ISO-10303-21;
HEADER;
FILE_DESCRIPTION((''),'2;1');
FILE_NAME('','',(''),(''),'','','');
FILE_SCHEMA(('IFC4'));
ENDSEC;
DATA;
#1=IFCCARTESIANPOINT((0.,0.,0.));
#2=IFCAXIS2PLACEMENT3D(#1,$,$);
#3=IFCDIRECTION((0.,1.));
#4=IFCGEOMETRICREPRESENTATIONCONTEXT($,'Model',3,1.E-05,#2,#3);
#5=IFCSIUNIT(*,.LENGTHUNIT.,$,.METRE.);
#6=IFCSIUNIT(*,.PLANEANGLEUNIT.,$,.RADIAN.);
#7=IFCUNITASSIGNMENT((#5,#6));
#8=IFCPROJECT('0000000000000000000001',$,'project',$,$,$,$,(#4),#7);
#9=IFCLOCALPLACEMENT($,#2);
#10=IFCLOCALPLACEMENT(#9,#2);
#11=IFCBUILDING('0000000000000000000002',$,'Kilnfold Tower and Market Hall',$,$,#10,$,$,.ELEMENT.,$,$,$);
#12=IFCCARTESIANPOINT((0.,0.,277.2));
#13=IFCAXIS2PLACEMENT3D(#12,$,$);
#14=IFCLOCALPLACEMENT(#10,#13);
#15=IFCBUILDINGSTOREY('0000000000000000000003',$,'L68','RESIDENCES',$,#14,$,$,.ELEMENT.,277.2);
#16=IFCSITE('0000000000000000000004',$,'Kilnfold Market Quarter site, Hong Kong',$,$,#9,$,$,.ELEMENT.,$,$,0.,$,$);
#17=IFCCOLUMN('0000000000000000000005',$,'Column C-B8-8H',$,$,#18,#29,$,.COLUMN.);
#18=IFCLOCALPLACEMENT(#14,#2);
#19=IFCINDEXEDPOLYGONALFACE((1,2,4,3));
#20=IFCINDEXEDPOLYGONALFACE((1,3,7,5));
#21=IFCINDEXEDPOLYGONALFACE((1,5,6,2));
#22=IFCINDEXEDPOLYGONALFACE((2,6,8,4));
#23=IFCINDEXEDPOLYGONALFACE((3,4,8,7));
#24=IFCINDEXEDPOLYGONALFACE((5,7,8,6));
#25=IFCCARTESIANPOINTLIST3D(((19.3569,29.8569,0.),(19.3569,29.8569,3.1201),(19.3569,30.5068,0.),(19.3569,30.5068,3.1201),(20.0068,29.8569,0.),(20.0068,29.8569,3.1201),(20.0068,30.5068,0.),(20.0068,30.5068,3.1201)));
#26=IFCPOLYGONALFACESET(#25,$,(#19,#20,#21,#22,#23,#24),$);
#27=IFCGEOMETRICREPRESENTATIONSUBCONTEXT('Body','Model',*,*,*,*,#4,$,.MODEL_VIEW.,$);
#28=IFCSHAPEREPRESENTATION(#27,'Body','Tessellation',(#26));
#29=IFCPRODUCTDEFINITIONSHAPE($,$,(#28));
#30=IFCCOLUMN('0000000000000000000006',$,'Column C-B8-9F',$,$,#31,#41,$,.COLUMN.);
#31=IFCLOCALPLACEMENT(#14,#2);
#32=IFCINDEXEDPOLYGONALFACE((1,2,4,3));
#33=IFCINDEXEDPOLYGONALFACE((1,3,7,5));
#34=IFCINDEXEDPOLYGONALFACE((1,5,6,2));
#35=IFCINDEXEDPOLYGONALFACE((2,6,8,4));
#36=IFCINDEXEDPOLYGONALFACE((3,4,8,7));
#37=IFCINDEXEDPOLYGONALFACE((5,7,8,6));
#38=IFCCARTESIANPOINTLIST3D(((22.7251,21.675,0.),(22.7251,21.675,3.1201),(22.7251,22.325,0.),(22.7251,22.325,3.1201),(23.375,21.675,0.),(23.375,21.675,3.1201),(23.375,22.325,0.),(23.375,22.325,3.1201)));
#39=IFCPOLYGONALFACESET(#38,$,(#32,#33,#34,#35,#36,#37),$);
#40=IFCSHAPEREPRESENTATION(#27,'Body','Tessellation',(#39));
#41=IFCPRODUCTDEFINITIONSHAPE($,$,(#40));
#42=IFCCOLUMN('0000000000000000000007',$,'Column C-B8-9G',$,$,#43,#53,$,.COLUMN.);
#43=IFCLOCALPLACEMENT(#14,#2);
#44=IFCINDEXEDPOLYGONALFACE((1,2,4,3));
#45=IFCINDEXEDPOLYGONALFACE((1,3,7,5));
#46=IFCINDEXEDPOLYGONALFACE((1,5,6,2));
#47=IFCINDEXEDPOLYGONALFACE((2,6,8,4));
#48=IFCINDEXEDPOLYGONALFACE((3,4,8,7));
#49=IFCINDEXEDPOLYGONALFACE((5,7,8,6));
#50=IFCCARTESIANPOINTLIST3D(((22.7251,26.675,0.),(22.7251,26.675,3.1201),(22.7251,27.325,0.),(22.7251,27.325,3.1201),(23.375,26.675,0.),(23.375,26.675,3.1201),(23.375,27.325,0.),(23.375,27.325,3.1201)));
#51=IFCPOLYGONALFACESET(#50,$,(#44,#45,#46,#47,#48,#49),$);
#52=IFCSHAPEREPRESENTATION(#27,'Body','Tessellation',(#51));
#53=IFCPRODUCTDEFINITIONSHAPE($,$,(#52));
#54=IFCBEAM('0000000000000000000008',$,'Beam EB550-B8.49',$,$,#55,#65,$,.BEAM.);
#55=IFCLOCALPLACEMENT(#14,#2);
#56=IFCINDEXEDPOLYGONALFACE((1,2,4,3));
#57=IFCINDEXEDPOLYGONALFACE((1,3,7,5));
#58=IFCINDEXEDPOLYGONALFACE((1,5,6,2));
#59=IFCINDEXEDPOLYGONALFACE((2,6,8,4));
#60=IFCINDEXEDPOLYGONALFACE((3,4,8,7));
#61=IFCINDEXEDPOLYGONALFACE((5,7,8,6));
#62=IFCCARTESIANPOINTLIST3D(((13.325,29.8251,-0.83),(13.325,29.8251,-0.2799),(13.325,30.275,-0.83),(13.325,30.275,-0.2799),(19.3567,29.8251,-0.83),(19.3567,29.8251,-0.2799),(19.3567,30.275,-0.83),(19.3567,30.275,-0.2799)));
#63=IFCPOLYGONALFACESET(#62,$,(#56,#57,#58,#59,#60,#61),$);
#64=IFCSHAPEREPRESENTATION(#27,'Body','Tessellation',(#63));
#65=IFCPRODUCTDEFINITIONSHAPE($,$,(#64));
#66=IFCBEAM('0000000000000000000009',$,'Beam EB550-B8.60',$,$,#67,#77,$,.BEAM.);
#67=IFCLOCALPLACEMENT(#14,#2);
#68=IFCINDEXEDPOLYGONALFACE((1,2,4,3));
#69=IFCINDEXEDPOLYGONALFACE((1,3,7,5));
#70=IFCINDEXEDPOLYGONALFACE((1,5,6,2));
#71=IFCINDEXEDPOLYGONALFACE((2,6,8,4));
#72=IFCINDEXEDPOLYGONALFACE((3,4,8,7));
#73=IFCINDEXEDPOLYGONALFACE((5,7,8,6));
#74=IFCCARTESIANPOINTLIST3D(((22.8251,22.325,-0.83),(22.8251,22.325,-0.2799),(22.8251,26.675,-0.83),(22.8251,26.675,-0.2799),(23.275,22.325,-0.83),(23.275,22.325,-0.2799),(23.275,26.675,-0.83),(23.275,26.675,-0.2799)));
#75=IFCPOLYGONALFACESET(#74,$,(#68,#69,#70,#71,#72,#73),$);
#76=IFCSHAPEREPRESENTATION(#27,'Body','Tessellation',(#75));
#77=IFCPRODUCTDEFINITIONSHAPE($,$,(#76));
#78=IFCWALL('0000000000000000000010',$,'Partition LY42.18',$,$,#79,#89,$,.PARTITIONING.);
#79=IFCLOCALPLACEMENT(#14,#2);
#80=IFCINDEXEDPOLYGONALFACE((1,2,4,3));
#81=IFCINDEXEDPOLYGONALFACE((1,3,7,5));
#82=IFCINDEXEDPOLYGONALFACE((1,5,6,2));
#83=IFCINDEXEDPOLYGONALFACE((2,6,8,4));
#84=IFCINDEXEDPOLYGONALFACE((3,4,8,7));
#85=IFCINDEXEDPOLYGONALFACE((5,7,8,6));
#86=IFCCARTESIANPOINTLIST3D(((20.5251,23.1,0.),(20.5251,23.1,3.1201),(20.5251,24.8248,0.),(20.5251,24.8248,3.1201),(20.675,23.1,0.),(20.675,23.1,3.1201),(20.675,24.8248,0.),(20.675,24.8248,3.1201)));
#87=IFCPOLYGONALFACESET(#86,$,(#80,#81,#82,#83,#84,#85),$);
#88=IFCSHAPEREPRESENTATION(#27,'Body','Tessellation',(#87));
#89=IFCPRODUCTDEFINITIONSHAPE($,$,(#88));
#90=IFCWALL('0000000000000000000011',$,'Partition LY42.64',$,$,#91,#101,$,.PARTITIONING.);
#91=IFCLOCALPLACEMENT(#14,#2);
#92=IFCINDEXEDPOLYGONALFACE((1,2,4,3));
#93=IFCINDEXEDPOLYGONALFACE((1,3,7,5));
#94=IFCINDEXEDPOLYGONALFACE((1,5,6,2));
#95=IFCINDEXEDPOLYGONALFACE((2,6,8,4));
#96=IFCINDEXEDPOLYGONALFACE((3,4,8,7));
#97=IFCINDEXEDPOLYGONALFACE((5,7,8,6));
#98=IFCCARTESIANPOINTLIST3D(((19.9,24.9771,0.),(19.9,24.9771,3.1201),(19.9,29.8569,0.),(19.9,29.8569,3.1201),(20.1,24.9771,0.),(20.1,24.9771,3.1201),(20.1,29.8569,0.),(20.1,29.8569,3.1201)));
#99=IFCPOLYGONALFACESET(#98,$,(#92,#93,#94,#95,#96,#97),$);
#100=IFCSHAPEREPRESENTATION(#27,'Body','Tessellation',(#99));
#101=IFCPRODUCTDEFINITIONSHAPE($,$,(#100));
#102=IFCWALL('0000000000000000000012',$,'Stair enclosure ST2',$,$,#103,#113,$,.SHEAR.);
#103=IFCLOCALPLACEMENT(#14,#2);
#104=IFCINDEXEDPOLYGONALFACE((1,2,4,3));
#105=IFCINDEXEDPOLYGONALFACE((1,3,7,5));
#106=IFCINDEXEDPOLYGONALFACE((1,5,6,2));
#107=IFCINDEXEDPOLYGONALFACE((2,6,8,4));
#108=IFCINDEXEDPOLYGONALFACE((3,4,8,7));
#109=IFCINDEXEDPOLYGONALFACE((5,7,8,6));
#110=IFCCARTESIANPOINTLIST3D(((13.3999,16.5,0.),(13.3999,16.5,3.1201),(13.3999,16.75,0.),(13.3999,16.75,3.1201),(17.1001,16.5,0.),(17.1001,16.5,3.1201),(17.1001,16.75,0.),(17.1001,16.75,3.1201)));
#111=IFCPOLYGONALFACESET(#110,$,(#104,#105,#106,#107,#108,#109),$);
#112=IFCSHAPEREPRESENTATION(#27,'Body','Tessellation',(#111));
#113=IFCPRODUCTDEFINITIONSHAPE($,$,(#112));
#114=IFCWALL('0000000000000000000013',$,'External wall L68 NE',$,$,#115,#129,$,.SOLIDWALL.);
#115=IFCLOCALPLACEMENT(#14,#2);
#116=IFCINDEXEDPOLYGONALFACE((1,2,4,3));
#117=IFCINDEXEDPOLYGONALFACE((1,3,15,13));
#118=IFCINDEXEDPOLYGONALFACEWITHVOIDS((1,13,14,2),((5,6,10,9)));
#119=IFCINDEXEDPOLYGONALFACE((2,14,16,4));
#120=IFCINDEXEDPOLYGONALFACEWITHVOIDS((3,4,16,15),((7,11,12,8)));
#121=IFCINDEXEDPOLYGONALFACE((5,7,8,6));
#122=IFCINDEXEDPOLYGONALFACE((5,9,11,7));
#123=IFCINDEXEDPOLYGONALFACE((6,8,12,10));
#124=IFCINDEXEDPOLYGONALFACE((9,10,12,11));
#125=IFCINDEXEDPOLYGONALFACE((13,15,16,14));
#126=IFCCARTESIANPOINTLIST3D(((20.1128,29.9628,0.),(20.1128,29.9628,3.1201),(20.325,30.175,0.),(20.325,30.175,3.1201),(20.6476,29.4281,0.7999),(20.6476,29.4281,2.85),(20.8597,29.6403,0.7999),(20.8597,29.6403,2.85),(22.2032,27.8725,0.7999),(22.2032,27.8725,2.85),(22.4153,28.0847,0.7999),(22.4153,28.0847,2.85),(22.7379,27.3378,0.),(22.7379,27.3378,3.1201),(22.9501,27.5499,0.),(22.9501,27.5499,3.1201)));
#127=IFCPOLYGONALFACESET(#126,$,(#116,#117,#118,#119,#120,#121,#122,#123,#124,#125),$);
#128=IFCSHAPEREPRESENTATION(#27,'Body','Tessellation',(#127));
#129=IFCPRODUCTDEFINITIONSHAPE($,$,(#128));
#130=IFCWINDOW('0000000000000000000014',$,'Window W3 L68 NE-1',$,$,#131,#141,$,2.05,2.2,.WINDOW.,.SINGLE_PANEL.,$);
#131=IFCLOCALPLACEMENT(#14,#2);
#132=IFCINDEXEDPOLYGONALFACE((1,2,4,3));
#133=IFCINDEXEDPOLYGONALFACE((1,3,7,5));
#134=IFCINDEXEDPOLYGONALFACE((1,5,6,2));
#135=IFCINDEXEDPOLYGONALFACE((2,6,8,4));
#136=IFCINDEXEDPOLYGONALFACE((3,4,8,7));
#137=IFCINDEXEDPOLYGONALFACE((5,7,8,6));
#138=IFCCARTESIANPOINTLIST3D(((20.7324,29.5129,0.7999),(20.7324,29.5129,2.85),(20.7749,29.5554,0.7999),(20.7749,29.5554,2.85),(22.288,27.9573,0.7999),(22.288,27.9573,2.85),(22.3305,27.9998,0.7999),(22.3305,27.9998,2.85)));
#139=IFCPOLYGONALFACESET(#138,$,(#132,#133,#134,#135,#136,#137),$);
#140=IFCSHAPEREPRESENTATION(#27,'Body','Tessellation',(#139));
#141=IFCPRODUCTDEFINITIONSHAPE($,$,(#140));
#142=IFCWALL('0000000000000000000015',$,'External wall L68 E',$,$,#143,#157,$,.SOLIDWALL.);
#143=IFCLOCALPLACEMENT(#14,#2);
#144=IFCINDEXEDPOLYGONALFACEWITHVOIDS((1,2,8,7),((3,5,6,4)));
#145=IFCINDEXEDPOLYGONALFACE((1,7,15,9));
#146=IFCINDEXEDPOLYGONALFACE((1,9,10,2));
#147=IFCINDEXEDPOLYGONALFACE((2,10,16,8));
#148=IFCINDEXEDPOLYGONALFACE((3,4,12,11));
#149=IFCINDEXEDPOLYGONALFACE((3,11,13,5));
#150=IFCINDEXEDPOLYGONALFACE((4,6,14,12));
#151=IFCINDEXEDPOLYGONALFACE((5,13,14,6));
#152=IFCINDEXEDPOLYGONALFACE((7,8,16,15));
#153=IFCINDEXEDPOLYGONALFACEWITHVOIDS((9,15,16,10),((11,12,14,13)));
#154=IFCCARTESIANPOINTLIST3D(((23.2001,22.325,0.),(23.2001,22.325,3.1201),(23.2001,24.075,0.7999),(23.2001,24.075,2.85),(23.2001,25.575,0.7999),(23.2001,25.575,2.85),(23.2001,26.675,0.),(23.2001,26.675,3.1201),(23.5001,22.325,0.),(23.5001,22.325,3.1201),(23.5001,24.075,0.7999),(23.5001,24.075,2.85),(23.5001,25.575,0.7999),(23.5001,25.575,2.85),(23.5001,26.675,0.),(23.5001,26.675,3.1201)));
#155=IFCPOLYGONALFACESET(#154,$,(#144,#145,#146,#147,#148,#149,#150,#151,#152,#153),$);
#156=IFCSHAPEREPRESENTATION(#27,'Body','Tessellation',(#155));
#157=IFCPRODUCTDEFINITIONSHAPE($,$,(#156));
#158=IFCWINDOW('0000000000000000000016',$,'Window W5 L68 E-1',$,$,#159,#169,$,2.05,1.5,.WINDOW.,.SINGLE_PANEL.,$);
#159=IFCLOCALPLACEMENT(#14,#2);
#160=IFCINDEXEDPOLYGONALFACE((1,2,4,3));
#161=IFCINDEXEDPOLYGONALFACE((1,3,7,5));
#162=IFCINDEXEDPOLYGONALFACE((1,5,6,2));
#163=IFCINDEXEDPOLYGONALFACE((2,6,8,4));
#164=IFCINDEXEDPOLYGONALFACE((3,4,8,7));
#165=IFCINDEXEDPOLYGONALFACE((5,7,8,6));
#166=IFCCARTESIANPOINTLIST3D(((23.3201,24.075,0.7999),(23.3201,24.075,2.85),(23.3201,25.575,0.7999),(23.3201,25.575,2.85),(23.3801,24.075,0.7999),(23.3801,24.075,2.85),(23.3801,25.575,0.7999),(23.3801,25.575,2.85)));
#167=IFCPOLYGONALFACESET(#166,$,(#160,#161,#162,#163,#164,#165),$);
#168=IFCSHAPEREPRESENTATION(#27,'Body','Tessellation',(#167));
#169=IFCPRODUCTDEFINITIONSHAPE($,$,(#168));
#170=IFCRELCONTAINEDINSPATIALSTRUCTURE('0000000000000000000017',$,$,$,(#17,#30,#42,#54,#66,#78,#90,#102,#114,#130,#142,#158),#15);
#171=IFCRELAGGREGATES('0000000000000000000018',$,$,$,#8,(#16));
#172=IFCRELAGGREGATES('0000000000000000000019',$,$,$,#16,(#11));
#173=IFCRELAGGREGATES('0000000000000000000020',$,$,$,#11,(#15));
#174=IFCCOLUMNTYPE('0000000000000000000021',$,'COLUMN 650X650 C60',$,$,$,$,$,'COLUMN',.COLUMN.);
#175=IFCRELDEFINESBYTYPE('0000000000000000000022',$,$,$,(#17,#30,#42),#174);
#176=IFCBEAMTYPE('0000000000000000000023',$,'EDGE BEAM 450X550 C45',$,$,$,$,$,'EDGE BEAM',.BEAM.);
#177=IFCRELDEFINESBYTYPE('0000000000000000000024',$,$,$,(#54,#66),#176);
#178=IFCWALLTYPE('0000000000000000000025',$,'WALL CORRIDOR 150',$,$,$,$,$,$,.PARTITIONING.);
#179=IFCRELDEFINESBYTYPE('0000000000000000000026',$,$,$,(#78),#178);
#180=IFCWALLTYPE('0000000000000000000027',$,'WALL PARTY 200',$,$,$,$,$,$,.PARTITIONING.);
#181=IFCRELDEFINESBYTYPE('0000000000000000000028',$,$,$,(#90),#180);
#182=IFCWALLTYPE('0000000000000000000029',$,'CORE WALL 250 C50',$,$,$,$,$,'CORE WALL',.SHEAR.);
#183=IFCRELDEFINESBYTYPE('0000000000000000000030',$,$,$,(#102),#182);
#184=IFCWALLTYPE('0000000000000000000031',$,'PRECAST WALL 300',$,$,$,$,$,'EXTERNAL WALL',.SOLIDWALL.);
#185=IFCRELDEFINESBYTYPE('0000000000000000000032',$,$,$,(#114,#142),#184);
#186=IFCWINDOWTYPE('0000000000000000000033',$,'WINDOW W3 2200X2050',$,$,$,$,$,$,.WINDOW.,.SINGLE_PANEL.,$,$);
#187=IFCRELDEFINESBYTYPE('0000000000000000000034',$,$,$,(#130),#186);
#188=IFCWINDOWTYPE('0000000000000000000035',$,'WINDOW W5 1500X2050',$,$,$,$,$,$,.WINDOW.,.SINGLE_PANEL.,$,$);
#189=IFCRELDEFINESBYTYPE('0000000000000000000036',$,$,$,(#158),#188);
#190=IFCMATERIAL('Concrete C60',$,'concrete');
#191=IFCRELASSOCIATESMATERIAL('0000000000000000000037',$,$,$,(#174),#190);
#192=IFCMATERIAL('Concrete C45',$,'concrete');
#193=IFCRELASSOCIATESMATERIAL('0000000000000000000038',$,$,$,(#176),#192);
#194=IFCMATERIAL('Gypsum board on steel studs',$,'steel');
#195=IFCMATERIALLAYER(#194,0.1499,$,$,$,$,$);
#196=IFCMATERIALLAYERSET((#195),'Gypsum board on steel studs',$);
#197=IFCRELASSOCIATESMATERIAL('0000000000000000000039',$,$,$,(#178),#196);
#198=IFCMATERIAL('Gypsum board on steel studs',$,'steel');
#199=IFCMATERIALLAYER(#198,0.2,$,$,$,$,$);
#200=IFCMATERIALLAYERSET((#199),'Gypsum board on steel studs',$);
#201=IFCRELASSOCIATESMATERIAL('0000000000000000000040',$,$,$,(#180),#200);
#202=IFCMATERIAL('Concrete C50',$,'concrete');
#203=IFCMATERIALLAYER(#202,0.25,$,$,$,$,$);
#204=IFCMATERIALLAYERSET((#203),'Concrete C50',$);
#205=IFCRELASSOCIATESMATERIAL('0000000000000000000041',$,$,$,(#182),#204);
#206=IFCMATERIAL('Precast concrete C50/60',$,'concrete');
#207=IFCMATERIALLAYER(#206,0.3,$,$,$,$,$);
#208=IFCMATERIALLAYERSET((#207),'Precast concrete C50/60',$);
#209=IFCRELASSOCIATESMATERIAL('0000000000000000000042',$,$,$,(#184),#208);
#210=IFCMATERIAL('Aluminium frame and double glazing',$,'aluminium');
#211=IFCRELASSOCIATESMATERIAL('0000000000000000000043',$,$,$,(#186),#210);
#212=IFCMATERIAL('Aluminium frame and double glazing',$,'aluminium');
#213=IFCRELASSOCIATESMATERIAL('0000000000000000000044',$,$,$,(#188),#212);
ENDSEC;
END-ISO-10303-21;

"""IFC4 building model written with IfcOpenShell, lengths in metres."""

from ifc_helpers import new_model, si_unit, direction, frame, frame_2d, origin, origin_2d, place, context, subcontext, project, spatial, rectangle, extrude, source, transform, mapped, material, layer, layer_set, material_profile, profile_set, type_object, element, fill, save


model = new_model("IFC4")

# Units and contexts
model_context = context("Model", 3, precision=1e-05, world=origin(), true_north=direction((0.0, 1.0)))
body_context = subcontext(model_context, "Body", "Model", "MODEL_VIEW")
ifc_project = project(units=[si_unit("LENGTHUNIT", "METRE"), si_unit("PLANEANGLEUNIT", "RADIAN")], contexts=[model_context])

# Site, building, storey
site_placement = place(None, origin())
site = spatial("IfcSite", under=ifc_project, at=site_placement, Name="Kilnfold Market Quarter site, Hong Kong", CompositionType="ELEMENT", RefElevation=0.0)
building_placement = place(site_placement, origin())
building = spatial("IfcBuilding", under=site, at=building_placement, Name="Kilnfold Tower and Market Hall", CompositionType="ELEMENT")
storey_placement = place(building_placement, frame((0.0, 0.0, 277.2)))
storey = spatial("IfcBuildingStorey", under=building, at=storey_placement, Name="L68", Description="RESIDENCES", CompositionType="ELEMENT", Elevation=277.2)

# Columns
ifc_material_1 = material(Name="Concrete C60", Category="concrete")
ifc_material_profile_1 = material_profile(ifc_material_1, rectangle(XDim=0.6499, YDim=0.6499, at=origin_2d()), Name="RC 650x650")
ifc_profile_set_1 = profile_set([ifc_material_profile_1], Name="Concrete C60")
column_type = type_object("IfcColumnType", Name="COLUMN 650X650 C60", ElementType="COLUMN", PredefinedType="COLUMN", material=ifc_profile_set_1)
shared_shape_1 = source(origin(), body_context, "Body", "SweptSolid", [
    extrude(rectangle(XDim=0.6499, YDim=0.6499, at=origin_2d()), origin(), (0.0, 0.0, 1.0), 3.1201),
])
for number, where, z_axis, x_axis, name in (
    (1, (19.6819, 30.1819, 0.0), (0.0, 0.0, 1.0), (1.0, 0.0, 0.0), "Column C-B8-8H"),
    (2, (23.05, 22.0, 0.0), (0.0, 0.0, 1.0), (1.0, 0.0, 0.0), "Column C-B8-9F"),
    (3, (23.05, 27.0, 0.0), (0.0, 0.0, 1.0), (1.0, 0.0, 0.0), "Column C-B8-9G"),
):
    element("IfcColumn", number, at=place(storey_placement, frame(where, z_axis=z_axis, x_axis=x_axis)), inside=storey, type_object=column_type, Name=name, PredefinedType="COLUMN", context=body_context, shape_type="MappedRepresentation", body=[
        mapped(shared_shape_1, transform((0.0, 0.0, 0.0))),
    ])

# Beams
ifc_material_2 = material(Name="Concrete C45", Category="concrete")
ifc_material_profile_2 = material_profile(ifc_material_2, rectangle(XDim=0.45, YDim=0.55, at=origin_2d()), Name="RC 450x550")
ifc_profile_set_2 = profile_set([ifc_material_profile_2], Name="Concrete C45")
beam_type = type_object("IfcBeamType", Name="EDGE BEAM 450X550 C45", ElementType="EDGE BEAM", PredefinedType="BEAM", material=ifc_profile_set_2)
shared_shape_2 = source(origin(), body_context, "Body", "SweptSolid", [
    extrude(rectangle(XDim=0.45, YDim=0.55, at=origin_2d()), origin(), (0.0, 0.0, 1.0), 6.0317),
])
beam_1_placement = place(storey_placement, frame((13.325, 30.05, -0.5549), z_axis=(1.0, 0.0, 0.0), x_axis=(0.0, 1.0, 0.0)))
element("IfcBeam", 4, at=beam_1_placement, inside=storey, type_object=beam_type, Name="Beam EB550-B8.49", PredefinedType="BEAM", context=body_context, shape_type="MappedRepresentation", body=[
    mapped(shared_shape_2, transform((0.0, 0.0, 0.0))),
])
shared_shape_3 = source(origin(), body_context, "Body", "SweptSolid", [
    extrude(rectangle(XDim=0.45, YDim=0.55, at=origin_2d()), origin(), (0.0, 0.0, 1.0), 4.3501),
])
beam_2_placement = place(storey_placement, frame((23.05, 22.325, -0.5549), z_axis=(0.0, 1.0, 0.0), x_axis=(-1.0, 0.0, 0.0)))
element("IfcBeam", 5, at=beam_2_placement, inside=storey, type_object=beam_type, Name="Beam EB550-B8.60", PredefinedType="BEAM", context=body_context, shape_type="MappedRepresentation", body=[
    mapped(shared_shape_3, transform((0.0, 0.0, 0.0))),
])

# Walls
ifc_material_3 = material(Name="Gypsum board on steel studs", Category="steel")
ifc_layer_1 = layer(ifc_material_3, 0.1499)
ifc_layer_set_1 = layer_set([ifc_layer_1], Name="Gypsum board on steel studs")
wall_type_1 = type_object("IfcWallType", Name="WALL CORRIDOR 150", PredefinedType="PARTITIONING", material=ifc_layer_set_1)
wall_1_placement = place(storey_placement, frame((20.6001, 23.1001, 0.0), z_axis=(0.0, 0.0, 1.0), x_axis=(0.0, 1.0, 0.0)))
element("IfcWall", 6, at=wall_1_placement, inside=storey, type_object=wall_type_1, Name="Partition LY42.18", PredefinedType="PARTITIONING", context=body_context, shape_type="SweptSolid", body=[
    extrude(rectangle(XDim=1.7249, YDim=0.1499, at=frame_2d((0.8623, 0.0))), origin(), (0.0, 0.0, 1.0), 3.1201),
])
ifc_material_4 = material(Name="Gypsum board on steel studs", Category="steel")
ifc_layer_2 = layer(ifc_material_4, 0.2)
ifc_layer_set_2 = layer_set([ifc_layer_2], Name="Gypsum board on steel studs")
wall_type_2 = type_object("IfcWallType", Name="WALL PARTY 200", PredefinedType="PARTITIONING", material=ifc_layer_set_2)
wall_2_placement = place(storey_placement, frame((20.0, 29.8569, 0.0), z_axis=(0.0, 0.0, 1.0), x_axis=(0.0, -1.0, 0.0)))
element("IfcWall", 7, at=wall_2_placement, inside=storey, type_object=wall_type_2, Name="Partition LY42.64", PredefinedType="PARTITIONING", context=body_context, shape_type="SweptSolid", body=[
    extrude(rectangle(XDim=4.8799, YDim=0.2, at=frame_2d((2.4399, 0.0))), origin(), (0.0, 0.0, 1.0), 3.1201),
])
ifc_material_5 = material(Name="Concrete C50", Category="concrete")
ifc_layer_3 = layer(ifc_material_5, 0.25)
ifc_layer_set_3 = layer_set([ifc_layer_3], Name="Concrete C50")
wall_type_3 = type_object("IfcWallType", Name="CORE WALL 250 C50", ElementType="CORE WALL", PredefinedType="SHEAR", material=ifc_layer_set_3)
shared_shape_4 = source(origin(), body_context, "Body", "SweptSolid", [
    extrude(rectangle(XDim=3.7002, YDim=0.25, at=frame_2d((1.8501, 0.0))), origin(), (0.0, 0.0, 1.0), 3.1201),
])
wall_3_placement = place(storey_placement, frame((13.3999, 16.625, 0.0), z_axis=(0.0, 0.0, 1.0), x_axis=(1.0, 0.0, 0.0)))
element("IfcWall", 8, at=wall_3_placement, inside=storey, type_object=wall_type_3, Name="Stair enclosure ST2", PredefinedType="SHEAR", context=body_context, shape_type="MappedRepresentation", body=[
    mapped(shared_shape_4, transform((0.0, 0.0, 0.0))),
])

# Walls, openings, windows
ifc_material_6 = material(Name="Precast concrete C50/60", Category="concrete")
ifc_layer_4 = layer(ifc_material_6, 0.3)
ifc_layer_set_4 = layer_set([ifc_layer_4], Name="Precast concrete C50/60")
wall_type_4 = type_object("IfcWallType", Name="PRECAST WALL 300", ElementType="EXTERNAL WALL", PredefinedType="SOLIDWALL", material=ifc_layer_set_4)
shared_shape_5 = source(origin(), body_context, "Body", "SweptSolid", [
    extrude(rectangle(XDim=3.7124, YDim=0.3, at=frame_2d((1.8562, 0.0))), origin(), (0.0, 0.0, 1.0), 3.1201),
])
wall_4_placement = place(storey_placement, frame((22.844, 27.4438, 0.0), z_axis=(0.0, 0.0, 1.0), x_axis=(-0.707107, 0.707107, 0.0)))
wall_4 = element("IfcWall", 9, at=wall_4_placement, inside=storey, type_object=wall_type_4, Name="External wall L68 NE", PredefinedType="SOLIDWALL", context=body_context, shape_type="MappedRepresentation", body=[
    mapped(shared_shape_5, transform((0.0, 0.0, 0.0))),
])
opening_1_placement = place(wall_4_placement, frame((0.7561, 0.0, 0.8)))
opening_1 = element("IfcOpeningElement", 10, at=opening_1_placement, cuts=wall_4, PredefinedType="OPENING", context=body_context, shape_type="SweptSolid", body=[
    extrude(rectangle(XDim=2.2, YDim=2.05, at=frame_2d((1.1001, 1.0249))), frame((0.0, 0.1602, 0.0), z_axis=(0.0, -1.0, 0.0), x_axis=(1.0, 0.0, 0.0)), (0.0, 0.0, 1.0), 0.3201),
])
ifc_material_7 = material(Name="Aluminium frame and double glazing", Category="aluminium")
window_type_1 = type_object("IfcWindowType", Name="WINDOW W3 2200X2050", PartitioningType="SINGLE_PANEL", PredefinedType="WINDOW", material=ifc_material_7)
window_1_placement = place(opening_1_placement, origin())
window_1 = element("IfcWindow", 11, at=window_1_placement, inside=storey, type_object=window_type_1, Name="Window W3 L68 NE-1", OverallHeight=2.05, OverallWidth=2.2, PartitioningType="SINGLE_PANEL", PredefinedType="WINDOW", context=body_context, shape_type="SweptSolid", body=[
    extrude(rectangle(XDim=2.2, YDim=2.05, at=frame_2d((1.1001, 1.0249))), frame((0.0, 0.03, 0.0), z_axis=(0.0, -1.0, 0.0), x_axis=(1.0, 0.0, 0.0)), (0.0, 0.0, 1.0), 0.0601),
])
fill(opening_1, window_1)
shared_shape_6 = source(origin(), body_context, "Body", "SweptSolid", [
    extrude(rectangle(XDim=4.3501, YDim=0.3, at=frame_2d((2.175, 0.0))), origin(), (0.0, 0.0, 1.0), 3.1201),
])
wall_5_placement = place(storey_placement, frame((23.3501, 22.325, 0.0), z_axis=(0.0, 0.0, 1.0), x_axis=(0.0, 1.0, 0.0)))
wall_5 = element("IfcWall", 12, at=wall_5_placement, inside=storey, type_object=wall_type_4, Name="External wall L68 E", PredefinedType="SOLIDWALL", context=body_context, shape_type="MappedRepresentation", body=[
    mapped(shared_shape_6, transform((0.0, 0.0, 0.0))),
])
opening_2_placement = place(wall_5_placement, frame((1.75, 0.0, 0.8)))
opening_2 = element("IfcOpeningElement", 13, at=opening_2_placement, cuts=wall_5, PredefinedType="OPENING", context=body_context, shape_type="SweptSolid", body=[
    extrude(rectangle(XDim=1.5, YDim=2.05, at=frame_2d((0.75, 1.0249))), frame((0.0, 0.1602, 0.0), z_axis=(0.0, -1.0, 0.0), x_axis=(1.0, 0.0, 0.0)), (0.0, 0.0, 1.0), 0.3201),
])
ifc_material_8 = material(Name="Aluminium frame and double glazing", Category="aluminium")
window_type_2 = type_object("IfcWindowType", Name="WINDOW W5 1500X2050", PartitioningType="SINGLE_PANEL", PredefinedType="WINDOW", material=ifc_material_8)
window_2_placement = place(opening_2_placement, origin())
window_2 = element("IfcWindow", 14, at=window_2_placement, inside=storey, type_object=window_type_2, Name="Window W5 L68 E-1", OverallHeight=2.05, OverallWidth=1.5, PartitioningType="SINGLE_PANEL", PredefinedType="WINDOW", context=body_context, shape_type="SweptSolid", body=[
    extrude(rectangle(XDim=1.5, YDim=2.05, at=frame_2d((0.75, 1.0249))), frame((0.0, 0.03, 0.0), z_axis=(0.0, -1.0, 0.0), x_axis=(1.0, 0.0, 0.0)), (0.0, 0.0, 1.0), 0.0601),
])
fill(opening_2, window_2)

save(model, "model.ifc")
